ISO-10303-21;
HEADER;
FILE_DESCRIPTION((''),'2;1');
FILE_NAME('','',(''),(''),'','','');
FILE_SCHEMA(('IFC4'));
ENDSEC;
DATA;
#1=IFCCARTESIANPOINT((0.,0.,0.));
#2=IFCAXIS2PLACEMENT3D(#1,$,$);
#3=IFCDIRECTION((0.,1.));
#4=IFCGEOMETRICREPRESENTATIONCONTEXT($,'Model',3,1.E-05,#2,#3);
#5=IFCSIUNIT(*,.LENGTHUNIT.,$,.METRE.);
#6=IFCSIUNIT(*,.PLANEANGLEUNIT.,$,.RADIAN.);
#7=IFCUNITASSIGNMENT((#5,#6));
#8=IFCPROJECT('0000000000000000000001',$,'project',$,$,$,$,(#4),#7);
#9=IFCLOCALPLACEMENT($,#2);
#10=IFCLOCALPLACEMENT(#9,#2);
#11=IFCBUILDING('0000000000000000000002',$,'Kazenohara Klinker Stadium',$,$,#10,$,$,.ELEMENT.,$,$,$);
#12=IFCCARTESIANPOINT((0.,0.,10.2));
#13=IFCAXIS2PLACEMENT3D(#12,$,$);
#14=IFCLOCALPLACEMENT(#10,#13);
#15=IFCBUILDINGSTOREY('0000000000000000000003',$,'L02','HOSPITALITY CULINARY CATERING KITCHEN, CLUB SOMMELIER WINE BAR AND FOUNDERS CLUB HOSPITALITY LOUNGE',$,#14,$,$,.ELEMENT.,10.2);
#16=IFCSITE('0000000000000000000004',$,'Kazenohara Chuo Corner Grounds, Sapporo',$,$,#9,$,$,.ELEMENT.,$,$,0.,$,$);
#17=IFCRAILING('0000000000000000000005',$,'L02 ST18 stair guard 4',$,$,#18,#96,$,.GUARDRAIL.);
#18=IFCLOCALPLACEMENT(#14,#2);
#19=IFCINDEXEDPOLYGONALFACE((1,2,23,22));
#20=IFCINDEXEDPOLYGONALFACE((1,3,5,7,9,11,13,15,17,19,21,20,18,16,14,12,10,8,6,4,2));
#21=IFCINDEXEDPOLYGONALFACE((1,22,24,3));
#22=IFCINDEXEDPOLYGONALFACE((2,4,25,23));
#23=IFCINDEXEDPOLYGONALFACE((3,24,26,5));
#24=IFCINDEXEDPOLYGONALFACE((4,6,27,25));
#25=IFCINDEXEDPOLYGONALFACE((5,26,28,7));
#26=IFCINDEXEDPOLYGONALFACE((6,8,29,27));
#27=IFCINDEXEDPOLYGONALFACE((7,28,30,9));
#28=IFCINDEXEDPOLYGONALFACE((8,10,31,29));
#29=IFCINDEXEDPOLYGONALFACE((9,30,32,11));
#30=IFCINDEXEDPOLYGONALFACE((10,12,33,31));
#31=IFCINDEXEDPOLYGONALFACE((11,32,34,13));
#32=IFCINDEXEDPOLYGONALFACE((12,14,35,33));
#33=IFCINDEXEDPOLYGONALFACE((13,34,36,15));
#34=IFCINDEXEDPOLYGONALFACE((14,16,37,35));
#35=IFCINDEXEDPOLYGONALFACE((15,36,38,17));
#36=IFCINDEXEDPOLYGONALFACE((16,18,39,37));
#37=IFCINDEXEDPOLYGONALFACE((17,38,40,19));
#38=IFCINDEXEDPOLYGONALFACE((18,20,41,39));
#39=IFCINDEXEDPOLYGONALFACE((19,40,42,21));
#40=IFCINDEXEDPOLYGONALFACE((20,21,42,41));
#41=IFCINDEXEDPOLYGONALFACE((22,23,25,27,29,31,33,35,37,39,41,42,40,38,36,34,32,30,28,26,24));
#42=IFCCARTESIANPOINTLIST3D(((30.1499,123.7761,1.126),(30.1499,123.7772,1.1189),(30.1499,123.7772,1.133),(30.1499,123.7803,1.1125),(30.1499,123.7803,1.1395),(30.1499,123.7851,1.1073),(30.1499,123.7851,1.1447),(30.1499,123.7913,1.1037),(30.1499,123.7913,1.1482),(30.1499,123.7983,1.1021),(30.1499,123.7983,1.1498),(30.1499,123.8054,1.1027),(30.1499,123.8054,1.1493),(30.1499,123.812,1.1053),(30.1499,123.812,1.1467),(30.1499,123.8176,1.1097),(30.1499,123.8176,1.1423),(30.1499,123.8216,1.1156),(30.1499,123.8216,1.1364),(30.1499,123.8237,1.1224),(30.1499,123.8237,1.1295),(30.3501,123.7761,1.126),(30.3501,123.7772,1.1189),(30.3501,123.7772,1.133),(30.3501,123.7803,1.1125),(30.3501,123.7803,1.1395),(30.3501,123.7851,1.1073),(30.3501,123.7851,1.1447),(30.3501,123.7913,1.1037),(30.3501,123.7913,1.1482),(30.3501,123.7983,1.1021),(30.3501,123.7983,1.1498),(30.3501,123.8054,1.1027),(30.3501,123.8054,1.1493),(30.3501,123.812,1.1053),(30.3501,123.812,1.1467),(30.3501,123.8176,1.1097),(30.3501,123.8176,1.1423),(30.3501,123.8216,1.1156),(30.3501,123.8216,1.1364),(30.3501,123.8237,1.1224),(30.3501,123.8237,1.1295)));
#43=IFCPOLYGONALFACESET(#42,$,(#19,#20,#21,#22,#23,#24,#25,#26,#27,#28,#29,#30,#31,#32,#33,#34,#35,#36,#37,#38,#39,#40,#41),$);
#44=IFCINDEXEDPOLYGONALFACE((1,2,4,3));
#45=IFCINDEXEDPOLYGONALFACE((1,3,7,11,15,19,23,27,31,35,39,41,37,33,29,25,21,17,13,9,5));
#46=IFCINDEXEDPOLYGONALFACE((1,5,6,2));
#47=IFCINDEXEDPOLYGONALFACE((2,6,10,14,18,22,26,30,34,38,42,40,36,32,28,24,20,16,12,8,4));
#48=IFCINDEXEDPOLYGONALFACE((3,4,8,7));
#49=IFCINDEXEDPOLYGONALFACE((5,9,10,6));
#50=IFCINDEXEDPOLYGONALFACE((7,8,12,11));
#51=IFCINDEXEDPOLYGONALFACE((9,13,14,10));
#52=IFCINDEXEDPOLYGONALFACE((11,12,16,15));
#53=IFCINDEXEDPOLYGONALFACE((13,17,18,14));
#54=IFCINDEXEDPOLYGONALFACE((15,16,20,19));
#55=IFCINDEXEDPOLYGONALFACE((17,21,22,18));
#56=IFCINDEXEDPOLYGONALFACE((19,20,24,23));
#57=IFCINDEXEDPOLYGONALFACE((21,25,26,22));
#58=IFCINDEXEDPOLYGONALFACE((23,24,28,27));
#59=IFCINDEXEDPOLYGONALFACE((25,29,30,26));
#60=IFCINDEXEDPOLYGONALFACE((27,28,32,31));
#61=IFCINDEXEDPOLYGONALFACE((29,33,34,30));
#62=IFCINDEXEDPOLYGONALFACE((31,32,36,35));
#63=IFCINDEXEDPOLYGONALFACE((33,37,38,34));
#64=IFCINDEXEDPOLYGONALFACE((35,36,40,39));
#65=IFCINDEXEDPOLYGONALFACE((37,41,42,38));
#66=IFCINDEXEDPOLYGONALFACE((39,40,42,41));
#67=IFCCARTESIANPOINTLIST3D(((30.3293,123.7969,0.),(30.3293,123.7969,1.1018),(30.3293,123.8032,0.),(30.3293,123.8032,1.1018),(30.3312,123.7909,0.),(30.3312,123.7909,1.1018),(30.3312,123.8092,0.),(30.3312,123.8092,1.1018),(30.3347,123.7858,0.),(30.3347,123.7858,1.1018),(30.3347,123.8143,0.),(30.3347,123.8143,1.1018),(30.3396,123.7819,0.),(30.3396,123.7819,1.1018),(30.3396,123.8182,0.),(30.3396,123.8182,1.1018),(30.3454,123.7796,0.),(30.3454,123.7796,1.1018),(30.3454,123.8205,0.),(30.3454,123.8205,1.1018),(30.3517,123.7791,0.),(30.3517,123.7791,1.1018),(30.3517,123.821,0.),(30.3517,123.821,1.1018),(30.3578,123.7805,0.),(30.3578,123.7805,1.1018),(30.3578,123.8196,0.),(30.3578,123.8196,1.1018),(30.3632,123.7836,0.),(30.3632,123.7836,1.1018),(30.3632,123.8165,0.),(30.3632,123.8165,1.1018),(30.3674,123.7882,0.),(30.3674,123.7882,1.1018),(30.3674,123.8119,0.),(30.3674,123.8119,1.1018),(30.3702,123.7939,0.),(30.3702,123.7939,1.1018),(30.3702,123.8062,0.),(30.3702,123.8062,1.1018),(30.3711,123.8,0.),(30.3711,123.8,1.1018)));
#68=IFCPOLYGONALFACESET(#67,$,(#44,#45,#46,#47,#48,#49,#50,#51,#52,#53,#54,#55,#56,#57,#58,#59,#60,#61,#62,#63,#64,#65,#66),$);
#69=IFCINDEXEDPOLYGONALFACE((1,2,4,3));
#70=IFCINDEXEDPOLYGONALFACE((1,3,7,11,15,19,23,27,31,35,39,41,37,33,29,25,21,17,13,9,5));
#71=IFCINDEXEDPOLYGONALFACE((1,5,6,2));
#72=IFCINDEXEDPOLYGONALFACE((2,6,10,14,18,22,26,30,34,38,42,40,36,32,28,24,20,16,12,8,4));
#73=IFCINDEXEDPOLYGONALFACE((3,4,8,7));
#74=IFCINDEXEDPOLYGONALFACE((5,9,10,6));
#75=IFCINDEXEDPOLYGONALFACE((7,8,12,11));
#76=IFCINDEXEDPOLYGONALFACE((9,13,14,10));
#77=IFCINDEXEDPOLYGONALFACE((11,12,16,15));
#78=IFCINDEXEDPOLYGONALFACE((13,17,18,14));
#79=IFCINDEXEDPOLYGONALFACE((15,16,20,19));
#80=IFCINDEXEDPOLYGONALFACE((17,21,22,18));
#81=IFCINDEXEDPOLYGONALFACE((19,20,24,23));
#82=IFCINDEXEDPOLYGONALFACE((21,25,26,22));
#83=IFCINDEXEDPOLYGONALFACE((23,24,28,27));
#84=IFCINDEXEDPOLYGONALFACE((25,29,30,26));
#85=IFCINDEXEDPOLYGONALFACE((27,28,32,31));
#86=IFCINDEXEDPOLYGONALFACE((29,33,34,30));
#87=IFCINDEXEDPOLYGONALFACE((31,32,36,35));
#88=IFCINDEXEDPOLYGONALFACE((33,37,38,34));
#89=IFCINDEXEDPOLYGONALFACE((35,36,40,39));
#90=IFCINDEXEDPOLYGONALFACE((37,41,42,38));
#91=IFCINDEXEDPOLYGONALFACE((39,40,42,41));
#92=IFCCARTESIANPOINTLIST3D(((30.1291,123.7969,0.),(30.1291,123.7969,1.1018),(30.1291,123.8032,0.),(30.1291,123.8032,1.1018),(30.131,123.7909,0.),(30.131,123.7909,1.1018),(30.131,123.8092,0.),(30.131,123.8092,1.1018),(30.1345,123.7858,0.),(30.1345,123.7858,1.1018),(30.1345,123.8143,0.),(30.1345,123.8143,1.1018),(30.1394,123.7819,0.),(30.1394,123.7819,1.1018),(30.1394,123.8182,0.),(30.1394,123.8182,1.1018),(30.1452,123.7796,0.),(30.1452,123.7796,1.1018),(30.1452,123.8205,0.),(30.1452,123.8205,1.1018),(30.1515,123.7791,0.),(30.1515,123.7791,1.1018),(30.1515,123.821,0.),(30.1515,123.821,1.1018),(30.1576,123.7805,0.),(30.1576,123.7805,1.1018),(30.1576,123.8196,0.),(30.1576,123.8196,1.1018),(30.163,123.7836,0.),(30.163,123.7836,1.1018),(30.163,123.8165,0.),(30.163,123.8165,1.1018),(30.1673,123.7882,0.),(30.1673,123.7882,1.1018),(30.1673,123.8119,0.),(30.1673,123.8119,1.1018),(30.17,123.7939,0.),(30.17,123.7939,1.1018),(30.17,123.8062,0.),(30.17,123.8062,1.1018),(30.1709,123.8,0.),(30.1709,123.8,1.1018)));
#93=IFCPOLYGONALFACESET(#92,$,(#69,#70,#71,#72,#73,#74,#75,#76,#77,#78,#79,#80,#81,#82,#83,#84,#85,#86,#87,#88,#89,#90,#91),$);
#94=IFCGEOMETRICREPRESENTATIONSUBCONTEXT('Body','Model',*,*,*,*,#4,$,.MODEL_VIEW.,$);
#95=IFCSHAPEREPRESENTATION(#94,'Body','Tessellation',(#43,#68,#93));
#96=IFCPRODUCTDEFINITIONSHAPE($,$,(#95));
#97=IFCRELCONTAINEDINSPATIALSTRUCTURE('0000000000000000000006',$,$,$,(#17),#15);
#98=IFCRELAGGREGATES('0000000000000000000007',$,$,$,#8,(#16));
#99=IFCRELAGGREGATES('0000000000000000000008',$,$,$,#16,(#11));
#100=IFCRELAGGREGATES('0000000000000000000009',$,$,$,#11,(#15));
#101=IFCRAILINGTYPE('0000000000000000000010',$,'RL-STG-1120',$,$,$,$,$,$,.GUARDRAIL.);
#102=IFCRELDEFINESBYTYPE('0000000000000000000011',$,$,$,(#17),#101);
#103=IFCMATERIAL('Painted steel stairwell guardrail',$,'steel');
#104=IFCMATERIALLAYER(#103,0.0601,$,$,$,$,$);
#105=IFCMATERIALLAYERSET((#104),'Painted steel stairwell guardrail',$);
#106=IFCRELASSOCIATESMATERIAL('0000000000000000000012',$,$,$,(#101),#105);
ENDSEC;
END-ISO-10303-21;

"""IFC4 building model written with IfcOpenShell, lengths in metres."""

from ifc_helpers import new_model, si_unit, direction, frame, origin, origin_2d, place, context, subcontext, project, spatial, circle, extrude, material, layer, layer_set, type_object, element, save


model = new_model("IFC4")

# Units and contexts
model_context = context("Model", 3, precision=1e-05, world=origin(), true_north=direction((0.0, 1.0)))
body_context = subcontext(model_context, "Body", "Model", "MODEL_VIEW")
ifc_project = project(units=[si_unit("LENGTHUNIT", "METRE"), si_unit("PLANEANGLEUNIT", "RADIAN")], contexts=[model_context])

# Site, building, storey
site_placement = place(None, origin())
site = spatial("IfcSite", under=ifc_project, at=site_placement, Name="Kazenohara Chuo Corner Grounds, Sapporo", CompositionType="ELEMENT", RefElevation=0.0)
building_placement = place(site_placement, origin())
building = spatial("IfcBuilding", under=site, at=building_placement, Name="Kazenohara Klinker Stadium", CompositionType="ELEMENT")
storey_placement = place(building_placement, frame((0.0, 0.0, 10.2)))
storey = spatial("IfcBuildingStorey", under=building, at=storey_placement, Name="L02", Description="HOSPITALITY CULINARY CATERING KITCHEN, CLUB SOMMELIER WINE BAR AND FOUNDERS CLUB HOSPITALITY LOUNGE", CompositionType="ELEMENT", Elevation=10.2)

# Railing
ifc_material_1 = material(Name="Painted steel stairwell guardrail", Category="steel")
ifc_layer_1 = layer(ifc_material_1, 0.0601)
ifc_layer_set_1 = layer_set([ifc_layer_1], Name="Painted steel stairwell guardrail")
railing_type_1 = type_object("IfcRailingType", Name="RL-STG-1120", PredefinedType="GUARDRAIL", material=ifc_layer_set_1)
railing_1_placement = place(storey_placement, frame((30.3501, 123.8, 0.0)))
element("IfcRailing", 1, at=railing_1_placement, inside=storey, type_object=railing_type_1, Name="L02 ST18 stair guard 4", PredefinedType="GUARDRAIL", context=body_context, shape_type="SweptSolid", body=[
    extrude(circle(Radius=0.0239, at=origin_2d()), frame((0.0, 0.0, 1.126), z_axis=(-1.0, 0.0, 0.0), x_axis=(0.0, -1.0, 0.0)), (0.0, 0.0, 1.0), 0.2002),
    extrude(circle(Radius=0.021, at=origin_2d()), origin(), (0.0, 0.0, 1.0), 1.1018),
    extrude(circle(Radius=0.021, at=origin_2d()), frame((-0.2002, 0.0, 0.0)), (0.0, 0.0, 1.0), 1.1018),
])

save(model, "model.ifc")
